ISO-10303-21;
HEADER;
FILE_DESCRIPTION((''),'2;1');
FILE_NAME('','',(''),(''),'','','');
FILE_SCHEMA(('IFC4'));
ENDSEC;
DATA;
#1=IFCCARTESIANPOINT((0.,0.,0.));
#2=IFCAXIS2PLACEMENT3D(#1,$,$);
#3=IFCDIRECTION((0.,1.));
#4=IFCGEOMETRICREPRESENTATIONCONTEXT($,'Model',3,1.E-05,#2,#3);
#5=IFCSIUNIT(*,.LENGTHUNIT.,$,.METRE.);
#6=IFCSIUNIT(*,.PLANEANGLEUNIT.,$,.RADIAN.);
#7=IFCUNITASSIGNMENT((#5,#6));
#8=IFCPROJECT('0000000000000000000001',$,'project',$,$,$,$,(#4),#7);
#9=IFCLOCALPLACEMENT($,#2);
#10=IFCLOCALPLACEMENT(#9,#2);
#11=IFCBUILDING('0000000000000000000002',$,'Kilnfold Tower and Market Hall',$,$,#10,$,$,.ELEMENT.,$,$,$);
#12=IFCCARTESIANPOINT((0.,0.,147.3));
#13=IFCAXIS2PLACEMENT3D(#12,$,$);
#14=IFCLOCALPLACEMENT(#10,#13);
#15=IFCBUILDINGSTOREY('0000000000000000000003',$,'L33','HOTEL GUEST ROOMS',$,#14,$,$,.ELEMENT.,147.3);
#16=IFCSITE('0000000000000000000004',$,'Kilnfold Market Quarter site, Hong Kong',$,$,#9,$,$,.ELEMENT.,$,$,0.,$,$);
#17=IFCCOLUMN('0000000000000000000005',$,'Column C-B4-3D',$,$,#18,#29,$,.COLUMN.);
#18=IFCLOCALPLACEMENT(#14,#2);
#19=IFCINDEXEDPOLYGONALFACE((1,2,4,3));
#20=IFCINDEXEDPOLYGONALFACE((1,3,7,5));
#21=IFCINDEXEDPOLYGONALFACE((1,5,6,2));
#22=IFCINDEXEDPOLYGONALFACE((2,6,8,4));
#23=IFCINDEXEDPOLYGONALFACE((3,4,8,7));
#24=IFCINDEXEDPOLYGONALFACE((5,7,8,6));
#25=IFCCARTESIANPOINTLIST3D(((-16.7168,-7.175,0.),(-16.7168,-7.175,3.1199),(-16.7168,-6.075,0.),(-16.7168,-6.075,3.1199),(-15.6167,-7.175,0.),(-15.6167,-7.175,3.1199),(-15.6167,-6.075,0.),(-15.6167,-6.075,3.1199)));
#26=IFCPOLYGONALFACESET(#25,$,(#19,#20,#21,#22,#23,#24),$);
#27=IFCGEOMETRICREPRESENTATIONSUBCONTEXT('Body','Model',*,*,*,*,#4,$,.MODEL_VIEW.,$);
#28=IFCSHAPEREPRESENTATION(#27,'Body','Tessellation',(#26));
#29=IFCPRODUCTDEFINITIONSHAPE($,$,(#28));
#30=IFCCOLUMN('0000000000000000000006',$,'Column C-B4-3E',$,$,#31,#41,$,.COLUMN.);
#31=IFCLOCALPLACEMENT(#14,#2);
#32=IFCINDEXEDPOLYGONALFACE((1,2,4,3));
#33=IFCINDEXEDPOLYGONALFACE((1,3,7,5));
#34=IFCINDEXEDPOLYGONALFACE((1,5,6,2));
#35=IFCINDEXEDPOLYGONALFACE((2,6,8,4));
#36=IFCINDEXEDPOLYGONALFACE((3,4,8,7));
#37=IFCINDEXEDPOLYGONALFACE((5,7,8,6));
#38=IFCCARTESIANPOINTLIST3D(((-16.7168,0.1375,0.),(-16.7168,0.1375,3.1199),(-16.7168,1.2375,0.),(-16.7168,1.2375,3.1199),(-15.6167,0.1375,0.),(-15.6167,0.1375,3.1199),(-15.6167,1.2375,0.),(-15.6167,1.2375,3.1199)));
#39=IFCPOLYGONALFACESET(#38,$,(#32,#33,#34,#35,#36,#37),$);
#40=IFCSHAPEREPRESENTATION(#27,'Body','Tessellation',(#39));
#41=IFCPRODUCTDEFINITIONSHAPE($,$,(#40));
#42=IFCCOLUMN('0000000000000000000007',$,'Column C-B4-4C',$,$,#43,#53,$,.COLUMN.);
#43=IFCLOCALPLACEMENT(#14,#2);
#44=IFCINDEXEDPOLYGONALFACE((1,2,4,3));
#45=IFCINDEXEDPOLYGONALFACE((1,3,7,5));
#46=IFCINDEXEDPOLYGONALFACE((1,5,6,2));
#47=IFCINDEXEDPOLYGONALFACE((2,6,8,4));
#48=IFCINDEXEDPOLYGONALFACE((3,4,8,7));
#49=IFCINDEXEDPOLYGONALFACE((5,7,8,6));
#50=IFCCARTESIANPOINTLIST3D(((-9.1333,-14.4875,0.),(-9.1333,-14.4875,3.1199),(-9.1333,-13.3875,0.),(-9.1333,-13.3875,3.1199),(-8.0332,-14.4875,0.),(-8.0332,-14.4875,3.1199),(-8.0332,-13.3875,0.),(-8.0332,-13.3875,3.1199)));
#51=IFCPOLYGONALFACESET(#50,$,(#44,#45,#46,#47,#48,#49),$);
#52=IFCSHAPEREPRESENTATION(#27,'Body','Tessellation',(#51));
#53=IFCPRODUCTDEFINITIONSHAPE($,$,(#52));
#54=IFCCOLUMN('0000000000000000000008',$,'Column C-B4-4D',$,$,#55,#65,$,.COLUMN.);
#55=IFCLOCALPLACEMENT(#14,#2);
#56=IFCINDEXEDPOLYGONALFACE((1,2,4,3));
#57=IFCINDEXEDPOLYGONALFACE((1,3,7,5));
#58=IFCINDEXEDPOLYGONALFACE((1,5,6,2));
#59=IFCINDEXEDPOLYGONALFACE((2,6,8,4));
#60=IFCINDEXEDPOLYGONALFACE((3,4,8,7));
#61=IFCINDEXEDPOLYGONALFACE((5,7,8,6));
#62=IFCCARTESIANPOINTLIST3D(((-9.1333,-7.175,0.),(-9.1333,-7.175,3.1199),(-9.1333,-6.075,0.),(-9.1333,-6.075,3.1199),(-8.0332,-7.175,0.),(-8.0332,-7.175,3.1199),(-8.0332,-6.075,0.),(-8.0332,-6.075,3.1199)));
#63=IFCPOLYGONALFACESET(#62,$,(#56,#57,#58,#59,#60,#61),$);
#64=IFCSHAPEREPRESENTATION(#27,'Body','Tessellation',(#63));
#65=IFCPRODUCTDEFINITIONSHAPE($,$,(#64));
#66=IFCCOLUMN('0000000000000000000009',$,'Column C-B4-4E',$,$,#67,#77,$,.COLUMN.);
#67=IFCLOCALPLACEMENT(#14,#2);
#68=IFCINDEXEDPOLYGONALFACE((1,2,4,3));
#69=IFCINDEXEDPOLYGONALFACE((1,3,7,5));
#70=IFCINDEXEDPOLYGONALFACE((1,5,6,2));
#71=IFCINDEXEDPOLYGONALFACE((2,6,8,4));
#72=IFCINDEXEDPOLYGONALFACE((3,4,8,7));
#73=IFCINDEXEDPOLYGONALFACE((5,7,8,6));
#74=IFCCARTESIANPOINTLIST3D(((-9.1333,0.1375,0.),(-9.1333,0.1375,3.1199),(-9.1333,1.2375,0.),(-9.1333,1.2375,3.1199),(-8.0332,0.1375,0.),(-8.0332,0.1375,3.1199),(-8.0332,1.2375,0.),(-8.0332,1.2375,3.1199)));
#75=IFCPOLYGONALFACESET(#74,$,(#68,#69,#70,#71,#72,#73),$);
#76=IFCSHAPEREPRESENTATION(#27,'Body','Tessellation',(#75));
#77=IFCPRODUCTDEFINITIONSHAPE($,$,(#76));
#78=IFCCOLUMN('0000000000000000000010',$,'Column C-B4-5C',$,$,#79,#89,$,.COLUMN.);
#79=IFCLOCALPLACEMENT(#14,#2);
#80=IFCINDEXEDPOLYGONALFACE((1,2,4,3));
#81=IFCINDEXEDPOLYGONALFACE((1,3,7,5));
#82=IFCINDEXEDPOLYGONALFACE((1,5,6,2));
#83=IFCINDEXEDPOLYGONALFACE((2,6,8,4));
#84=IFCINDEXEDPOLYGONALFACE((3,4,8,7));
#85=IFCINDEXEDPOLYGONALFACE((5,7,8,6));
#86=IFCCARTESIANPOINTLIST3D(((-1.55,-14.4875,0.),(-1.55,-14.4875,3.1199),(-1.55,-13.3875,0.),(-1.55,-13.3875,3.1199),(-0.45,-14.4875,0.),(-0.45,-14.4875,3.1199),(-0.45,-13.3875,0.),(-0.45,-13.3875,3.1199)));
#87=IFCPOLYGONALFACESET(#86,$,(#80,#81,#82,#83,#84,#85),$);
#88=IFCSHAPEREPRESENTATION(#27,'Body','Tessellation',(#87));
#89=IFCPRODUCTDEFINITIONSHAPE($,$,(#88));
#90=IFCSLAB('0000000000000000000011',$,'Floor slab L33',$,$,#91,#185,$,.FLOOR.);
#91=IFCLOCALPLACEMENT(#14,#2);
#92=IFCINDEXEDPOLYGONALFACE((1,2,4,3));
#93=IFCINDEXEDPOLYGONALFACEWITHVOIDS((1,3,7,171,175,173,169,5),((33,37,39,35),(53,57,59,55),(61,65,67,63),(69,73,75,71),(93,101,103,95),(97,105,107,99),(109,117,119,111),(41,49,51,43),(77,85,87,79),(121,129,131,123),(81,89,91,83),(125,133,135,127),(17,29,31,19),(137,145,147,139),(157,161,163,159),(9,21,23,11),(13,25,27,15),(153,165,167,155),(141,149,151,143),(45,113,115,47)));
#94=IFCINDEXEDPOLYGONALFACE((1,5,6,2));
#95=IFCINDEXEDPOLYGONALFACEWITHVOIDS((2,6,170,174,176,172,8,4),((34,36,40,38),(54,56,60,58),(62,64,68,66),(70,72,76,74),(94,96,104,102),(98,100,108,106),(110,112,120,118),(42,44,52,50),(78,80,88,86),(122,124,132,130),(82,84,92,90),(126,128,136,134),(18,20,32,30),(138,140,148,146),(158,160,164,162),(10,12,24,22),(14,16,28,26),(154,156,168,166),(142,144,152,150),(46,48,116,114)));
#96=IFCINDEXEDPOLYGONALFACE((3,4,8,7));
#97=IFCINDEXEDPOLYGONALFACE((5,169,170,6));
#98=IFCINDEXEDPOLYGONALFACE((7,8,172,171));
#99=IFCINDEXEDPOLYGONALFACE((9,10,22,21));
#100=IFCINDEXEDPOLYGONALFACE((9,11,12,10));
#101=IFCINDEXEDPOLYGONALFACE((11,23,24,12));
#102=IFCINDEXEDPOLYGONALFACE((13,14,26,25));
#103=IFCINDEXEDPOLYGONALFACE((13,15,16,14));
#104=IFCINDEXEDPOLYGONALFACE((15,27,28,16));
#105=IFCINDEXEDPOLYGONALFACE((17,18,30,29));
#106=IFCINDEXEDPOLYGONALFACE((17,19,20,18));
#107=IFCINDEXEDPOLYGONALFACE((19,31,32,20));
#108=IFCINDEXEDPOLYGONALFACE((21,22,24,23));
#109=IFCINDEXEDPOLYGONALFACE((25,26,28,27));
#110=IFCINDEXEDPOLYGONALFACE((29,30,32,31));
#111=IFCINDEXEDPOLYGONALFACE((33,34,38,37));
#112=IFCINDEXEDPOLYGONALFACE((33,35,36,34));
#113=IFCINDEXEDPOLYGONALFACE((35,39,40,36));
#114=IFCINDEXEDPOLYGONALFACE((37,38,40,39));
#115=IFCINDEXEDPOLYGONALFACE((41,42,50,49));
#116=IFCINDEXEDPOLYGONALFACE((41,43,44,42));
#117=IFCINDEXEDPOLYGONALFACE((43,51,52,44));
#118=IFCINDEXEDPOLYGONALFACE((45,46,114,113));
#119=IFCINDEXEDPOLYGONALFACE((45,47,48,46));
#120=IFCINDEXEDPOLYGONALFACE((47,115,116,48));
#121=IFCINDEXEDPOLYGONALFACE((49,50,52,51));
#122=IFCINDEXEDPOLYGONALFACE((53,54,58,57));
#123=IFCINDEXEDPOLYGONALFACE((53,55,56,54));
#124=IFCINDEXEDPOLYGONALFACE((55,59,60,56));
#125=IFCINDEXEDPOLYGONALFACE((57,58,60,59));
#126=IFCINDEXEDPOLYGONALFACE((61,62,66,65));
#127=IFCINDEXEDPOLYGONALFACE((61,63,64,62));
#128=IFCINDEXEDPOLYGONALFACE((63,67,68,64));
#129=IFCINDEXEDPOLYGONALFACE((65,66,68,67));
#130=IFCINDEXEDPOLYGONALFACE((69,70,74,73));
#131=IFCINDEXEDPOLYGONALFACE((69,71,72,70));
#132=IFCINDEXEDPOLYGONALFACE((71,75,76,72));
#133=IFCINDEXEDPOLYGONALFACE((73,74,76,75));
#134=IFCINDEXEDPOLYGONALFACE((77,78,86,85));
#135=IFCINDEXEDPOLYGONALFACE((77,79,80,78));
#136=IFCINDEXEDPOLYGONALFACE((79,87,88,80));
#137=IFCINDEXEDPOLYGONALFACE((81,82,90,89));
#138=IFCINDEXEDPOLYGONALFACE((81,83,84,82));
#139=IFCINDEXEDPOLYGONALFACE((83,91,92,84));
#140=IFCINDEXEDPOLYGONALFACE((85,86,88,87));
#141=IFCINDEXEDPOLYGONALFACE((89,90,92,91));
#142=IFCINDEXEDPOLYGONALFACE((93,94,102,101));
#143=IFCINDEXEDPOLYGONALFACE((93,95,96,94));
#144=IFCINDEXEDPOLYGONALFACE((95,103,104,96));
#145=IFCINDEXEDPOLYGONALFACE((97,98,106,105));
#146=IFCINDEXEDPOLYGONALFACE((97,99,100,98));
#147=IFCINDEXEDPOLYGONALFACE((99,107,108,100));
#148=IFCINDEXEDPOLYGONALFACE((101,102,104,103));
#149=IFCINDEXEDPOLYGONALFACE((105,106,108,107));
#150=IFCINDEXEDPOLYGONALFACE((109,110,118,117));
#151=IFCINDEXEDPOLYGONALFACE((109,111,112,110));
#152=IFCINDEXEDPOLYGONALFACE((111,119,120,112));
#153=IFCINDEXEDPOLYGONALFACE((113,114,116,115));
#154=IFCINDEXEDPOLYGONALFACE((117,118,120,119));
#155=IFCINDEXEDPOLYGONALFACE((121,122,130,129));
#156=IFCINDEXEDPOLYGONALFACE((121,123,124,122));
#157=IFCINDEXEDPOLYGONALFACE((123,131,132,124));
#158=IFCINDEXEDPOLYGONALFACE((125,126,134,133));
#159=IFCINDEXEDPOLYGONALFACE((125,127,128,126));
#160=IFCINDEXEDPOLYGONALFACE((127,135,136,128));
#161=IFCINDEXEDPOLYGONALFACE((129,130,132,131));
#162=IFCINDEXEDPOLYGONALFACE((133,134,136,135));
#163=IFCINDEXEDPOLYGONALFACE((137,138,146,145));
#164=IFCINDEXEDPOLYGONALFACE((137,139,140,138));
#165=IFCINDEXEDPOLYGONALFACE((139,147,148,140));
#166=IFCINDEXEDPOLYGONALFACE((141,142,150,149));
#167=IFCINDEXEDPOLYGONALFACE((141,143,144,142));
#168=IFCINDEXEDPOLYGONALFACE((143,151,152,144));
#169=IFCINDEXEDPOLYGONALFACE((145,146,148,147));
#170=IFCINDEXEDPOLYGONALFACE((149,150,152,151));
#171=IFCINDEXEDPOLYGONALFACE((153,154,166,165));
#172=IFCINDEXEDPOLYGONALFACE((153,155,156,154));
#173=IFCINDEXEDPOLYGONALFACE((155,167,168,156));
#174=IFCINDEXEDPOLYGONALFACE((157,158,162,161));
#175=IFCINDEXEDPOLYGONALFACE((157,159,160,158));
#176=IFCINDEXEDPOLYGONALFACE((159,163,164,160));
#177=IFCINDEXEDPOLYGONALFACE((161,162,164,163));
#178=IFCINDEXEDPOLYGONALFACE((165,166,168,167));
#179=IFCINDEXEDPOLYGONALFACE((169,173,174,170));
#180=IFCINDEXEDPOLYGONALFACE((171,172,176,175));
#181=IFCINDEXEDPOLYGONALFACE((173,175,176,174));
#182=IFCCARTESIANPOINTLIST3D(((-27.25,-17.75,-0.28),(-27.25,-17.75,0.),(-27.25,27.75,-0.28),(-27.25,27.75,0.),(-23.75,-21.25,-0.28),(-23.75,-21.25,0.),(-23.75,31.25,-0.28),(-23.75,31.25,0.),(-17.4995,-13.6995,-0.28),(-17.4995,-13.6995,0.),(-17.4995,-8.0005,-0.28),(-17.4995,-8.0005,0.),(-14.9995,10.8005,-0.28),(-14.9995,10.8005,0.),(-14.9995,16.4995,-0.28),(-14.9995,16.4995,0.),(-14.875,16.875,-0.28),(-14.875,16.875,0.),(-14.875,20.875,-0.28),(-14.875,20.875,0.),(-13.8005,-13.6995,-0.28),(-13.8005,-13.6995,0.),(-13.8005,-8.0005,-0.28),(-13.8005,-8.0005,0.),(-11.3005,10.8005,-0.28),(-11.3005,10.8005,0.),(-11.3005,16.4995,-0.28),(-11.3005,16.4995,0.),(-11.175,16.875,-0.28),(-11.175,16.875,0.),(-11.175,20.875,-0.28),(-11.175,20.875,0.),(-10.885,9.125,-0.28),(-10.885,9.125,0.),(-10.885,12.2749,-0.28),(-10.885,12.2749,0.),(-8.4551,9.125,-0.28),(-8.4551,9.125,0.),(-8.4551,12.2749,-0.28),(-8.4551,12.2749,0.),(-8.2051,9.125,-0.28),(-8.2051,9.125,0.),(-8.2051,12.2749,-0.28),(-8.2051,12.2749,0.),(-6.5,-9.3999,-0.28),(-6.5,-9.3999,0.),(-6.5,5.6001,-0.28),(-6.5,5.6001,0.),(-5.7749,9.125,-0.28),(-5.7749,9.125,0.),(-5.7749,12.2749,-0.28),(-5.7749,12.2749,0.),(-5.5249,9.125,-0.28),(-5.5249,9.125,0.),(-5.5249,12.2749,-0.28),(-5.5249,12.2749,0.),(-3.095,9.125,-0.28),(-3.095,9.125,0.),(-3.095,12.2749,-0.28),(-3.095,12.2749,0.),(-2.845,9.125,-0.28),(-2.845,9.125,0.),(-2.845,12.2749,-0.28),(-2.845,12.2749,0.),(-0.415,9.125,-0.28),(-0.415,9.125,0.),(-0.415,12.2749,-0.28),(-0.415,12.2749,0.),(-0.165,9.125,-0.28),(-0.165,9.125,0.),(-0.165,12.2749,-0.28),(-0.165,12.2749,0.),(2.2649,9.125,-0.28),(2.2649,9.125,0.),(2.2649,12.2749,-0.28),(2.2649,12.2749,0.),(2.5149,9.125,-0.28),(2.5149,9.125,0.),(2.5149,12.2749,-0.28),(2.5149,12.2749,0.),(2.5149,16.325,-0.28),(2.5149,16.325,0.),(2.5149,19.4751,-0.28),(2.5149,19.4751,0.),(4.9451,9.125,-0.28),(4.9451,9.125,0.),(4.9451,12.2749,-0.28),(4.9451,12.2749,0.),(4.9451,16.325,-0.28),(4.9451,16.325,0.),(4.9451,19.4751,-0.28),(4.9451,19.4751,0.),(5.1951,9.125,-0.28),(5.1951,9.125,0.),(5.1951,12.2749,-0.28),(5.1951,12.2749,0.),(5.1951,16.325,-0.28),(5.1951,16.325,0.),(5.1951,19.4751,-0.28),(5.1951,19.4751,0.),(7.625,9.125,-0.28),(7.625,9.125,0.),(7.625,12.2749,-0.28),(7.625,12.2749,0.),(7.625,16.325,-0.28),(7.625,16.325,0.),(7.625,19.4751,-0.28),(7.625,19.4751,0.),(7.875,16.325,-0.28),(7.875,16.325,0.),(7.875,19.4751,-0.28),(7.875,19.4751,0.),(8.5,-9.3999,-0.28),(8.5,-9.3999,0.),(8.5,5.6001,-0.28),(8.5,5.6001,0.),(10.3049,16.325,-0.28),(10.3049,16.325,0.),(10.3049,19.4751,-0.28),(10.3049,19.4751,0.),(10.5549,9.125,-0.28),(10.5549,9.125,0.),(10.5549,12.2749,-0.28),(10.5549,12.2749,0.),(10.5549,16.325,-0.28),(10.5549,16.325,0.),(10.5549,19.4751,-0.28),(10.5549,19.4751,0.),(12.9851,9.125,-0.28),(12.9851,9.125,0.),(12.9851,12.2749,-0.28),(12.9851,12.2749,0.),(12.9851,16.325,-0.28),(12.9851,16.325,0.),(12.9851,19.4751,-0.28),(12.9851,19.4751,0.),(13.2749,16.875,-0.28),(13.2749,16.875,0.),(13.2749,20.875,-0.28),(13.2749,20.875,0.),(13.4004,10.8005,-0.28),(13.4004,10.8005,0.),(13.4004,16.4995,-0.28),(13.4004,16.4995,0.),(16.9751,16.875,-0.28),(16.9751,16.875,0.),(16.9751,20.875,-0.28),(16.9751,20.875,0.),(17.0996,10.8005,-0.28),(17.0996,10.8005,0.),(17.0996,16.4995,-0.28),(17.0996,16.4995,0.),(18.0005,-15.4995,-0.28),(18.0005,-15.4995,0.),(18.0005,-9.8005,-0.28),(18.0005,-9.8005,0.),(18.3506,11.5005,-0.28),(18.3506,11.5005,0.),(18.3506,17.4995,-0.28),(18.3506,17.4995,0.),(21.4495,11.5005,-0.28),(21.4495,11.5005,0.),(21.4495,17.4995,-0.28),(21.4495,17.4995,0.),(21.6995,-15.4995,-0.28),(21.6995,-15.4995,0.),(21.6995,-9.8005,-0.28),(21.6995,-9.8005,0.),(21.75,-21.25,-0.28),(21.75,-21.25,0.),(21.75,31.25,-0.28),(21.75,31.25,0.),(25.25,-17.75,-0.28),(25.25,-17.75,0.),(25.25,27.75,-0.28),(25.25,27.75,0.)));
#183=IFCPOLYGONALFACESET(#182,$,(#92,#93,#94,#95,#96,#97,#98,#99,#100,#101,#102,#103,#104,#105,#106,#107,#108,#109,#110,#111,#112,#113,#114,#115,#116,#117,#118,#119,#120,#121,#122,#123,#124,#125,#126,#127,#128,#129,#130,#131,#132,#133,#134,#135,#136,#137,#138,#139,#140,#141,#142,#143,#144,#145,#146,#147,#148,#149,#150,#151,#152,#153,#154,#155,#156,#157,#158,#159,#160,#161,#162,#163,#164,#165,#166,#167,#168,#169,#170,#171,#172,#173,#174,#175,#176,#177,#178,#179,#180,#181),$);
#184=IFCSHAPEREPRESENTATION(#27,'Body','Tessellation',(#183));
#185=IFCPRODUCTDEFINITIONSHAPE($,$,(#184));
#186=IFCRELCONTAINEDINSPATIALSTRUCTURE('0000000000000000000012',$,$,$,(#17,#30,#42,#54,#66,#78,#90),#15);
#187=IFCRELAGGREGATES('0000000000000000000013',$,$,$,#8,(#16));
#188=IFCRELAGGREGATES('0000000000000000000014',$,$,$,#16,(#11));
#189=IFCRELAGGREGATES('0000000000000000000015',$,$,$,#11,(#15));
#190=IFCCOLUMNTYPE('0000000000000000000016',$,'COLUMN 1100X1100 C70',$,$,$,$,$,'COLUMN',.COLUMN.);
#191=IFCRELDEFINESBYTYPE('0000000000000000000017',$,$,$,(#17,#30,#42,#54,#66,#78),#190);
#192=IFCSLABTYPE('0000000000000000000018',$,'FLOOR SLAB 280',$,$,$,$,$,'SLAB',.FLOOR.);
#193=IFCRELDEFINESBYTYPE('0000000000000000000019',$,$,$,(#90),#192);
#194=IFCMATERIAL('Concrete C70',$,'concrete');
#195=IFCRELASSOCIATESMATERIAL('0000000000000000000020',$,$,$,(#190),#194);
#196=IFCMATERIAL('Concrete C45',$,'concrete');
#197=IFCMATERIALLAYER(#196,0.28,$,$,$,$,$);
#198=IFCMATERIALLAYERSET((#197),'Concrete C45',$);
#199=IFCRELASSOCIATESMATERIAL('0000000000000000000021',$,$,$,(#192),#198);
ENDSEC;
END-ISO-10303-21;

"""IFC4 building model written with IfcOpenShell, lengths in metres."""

from ifc_helpers import new_model, si_unit, direction, frame, origin, origin_2d, place, context, subcontext, project, spatial, polyline, rectangle, outline, extrude, source, transform, mapped, material, layer, layer_set, material_profile, profile_set, type_object, element, save


model = new_model("IFC4")

# Units and contexts
model_context = context("Model", 3, precision=1e-05, world=origin(), true_north=direction((0.0, 1.0)))
body_context = subcontext(model_context, "Body", "Model", "MODEL_VIEW")
ifc_project = project(units=[si_unit("LENGTHUNIT", "METRE"), si_unit("PLANEANGLEUNIT", "RADIAN")], contexts=[model_context])

# Site, building, storey
site_placement = place(None, origin())
site = spatial("IfcSite", under=ifc_project, at=site_placement, Name="Kilnfold Market Quarter site, Hong Kong", CompositionType="ELEMENT", RefElevation=0.0)
building_placement = place(site_placement, origin())
building = spatial("IfcBuilding", under=site, at=building_placement, Name="Kilnfold Tower and Market Hall", CompositionType="ELEMENT")
storey_placement = place(building_placement, frame((0.0, 0.0, 147.3)))
storey = spatial("IfcBuildingStorey", under=building, at=storey_placement, Name="L33", Description="HOTEL GUEST ROOMS", CompositionType="ELEMENT", Elevation=147.3)

# Columns
ifc_material_1 = material(Name="Concrete C70", Category="concrete")
ifc_material_profile = material_profile(ifc_material_1, rectangle(XDim=1.1001, YDim=1.1001, at=origin_2d()), Name="RC 1100x1100")
ifc_profile_set = profile_set([ifc_material_profile], Name="Concrete C70")
column_type = type_object("IfcColumnType", Name="COLUMN 1100X1100 C70", ElementType="COLUMN", PredefinedType="COLUMN", material=ifc_profile_set)
shared_shape_1 = source(origin(), body_context, "Body", "SweptSolid", [
    extrude(rectangle(XDim=1.1001, YDim=1.1001, at=origin_2d()), origin(), (0.0, 0.0, 1.0), 3.1199),
])
for number, where, z_axis, x_axis, name in (
    (1, (-16.1667, -6.625, 0.0), (0.0, 0.0, 1.0), (1.0, 0.0, 0.0), "Column C-B4-3D"),
    (2, (-16.1667, 0.6875, 0.0), (0.0, 0.0, 1.0), (1.0, 0.0, 0.0), "Column C-B4-3E"),
    (3, (-8.5833, -13.9375, 0.0), (0.0, 0.0, 1.0), (1.0, 0.0, 0.0), "Column C-B4-4C"),
    (4, (-8.5833, -6.625, 0.0), (0.0, 0.0, 1.0), (1.0, 0.0, 0.0), "Column C-B4-4D"),
    (5, (-8.5833, 0.6875, 0.0), (0.0, 0.0, 1.0), (1.0, 0.0, 0.0), "Column C-B4-4E"),
    (6, (-1.0, -13.9375, 0.0), (0.0, 0.0, 1.0), (1.0, 0.0, 0.0), "Column C-B4-5C"),
):
    element("IfcColumn", number, at=place(storey_placement, frame(where, z_axis=z_axis, x_axis=x_axis)), inside=storey, type_object=column_type, Name=name, PredefinedType="COLUMN", context=body_context, shape_type="MappedRepresentation", body=[
        mapped(shared_shape_1, transform((0.0, 0.0, 0.0))),
    ])

# Slab
ifc_material_2 = material(Name="Concrete C45", Category="concrete")
ifc_layer_1 = layer(ifc_material_2, 0.28)
ifc_layer_set_1 = layer_set([ifc_layer_1], Name="Concrete C45")
slab_type_1 = type_object("IfcSlabType", Name="FLOOR SLAB 280", ElementType="SLAB", PredefinedType="FLOOR", material=ifc_layer_set_1)
shared_shape_2 = source(origin(), body_context, "Body", "SweptSolid", [
    extrude(outline(polyline([(-23.75, -21.25), (21.75, -21.25), (25.25, -17.75), (25.25, 27.75), (21.75, 31.25), (-23.75, 31.25), (-27.25, 27.75), (-27.25, -17.75), (-23.75, -21.25)]), holes=[polyline([(-13.8005, -13.6995), (-17.4995, -13.6995), (-17.4995, -8.0005), (-13.8005, -8.0005), (-13.8005, -13.6995)]), polyline([(-11.3005, 10.8005), (-14.9995, 10.8005), (-14.9995, 16.4995), (-11.3005, 16.4995), (-11.3005, 10.8005)]), polyline([(-14.875, 16.875), (-14.875, 20.875), (-11.175, 20.875), (-11.175, 16.875), (-14.875, 16.875)]), polyline([(-8.4551, 9.125), (-10.885, 9.125), (-10.885, 12.2749), (-8.4551, 12.2749), (-8.4551, 9.125)]), polyline([(-8.2051, 9.125), (-8.2051, 12.2749), (-5.7749, 12.2749), (-5.7749, 9.125), (-8.2051, 9.125)]), polyline([(8.5, -9.3999), (-6.5, -9.3999), (-6.5, 5.6001), (8.5, 5.6001), (8.5, -9.3999)]), polyline([(-5.5249, 9.125), (-5.5249, 12.2749), (-3.095, 12.2749), (-3.095, 9.125), (-5.5249, 9.125)]), polyline([(-0.415, 9.125), (-2.845, 9.125), (-2.845, 12.2749), (-0.415, 12.2749), (-0.415, 9.125)]), polyline([(2.2649, 9.125), (-0.165, 9.125), (-0.165, 12.2749), (2.2649, 12.2749), (2.2649, 9.125)]), polyline([(4.9451, 9.125), (2.5149, 9.125), (2.5149, 12.2749), (4.9451, 12.2749), (4.9451, 9.125)]), polyline([(2.5149, 16.325), (2.5149, 19.4751), (4.9451, 19.4751), (4.9451, 16.325), (2.5149, 16.325)]), polyline([(7.625, 9.125), (5.1951, 9.125), (5.1951, 12.2749), (7.625, 12.2749), (7.625, 9.125)]), polyline([(7.625, 16.325), (5.1951, 16.325), (5.1951, 19.4751), (7.625, 19.4751), (7.625, 16.325)]), polyline([(10.3049, 16.325), (7.875, 16.325), (7.875, 19.4751), (10.3049, 19.4751), (10.3049, 16.325)]), polyline([(10.5549, 9.125), (10.5549, 12.2749), (12.9851, 12.2749), (12.9851, 9.125), (10.5549, 9.125)]), polyline([(10.5549, 16.325), (10.5549, 19.4751), (12.9851, 19.4751), (12.9851, 16.325), (10.5549, 16.325)]), polyline([(13.2749, 16.875), (13.2749, 20.875), (16.9751, 20.875), (16.9751, 16.875), (13.2749, 16.875)]), polyline([(13.4004, 10.8005), (13.4004, 16.4995), (17.0996, 16.4995), (17.0996, 10.8005), (13.4004, 10.8005)]), polyline([(18.0005, -9.8005), (21.6995, -9.8005), (21.6995, -15.4995), (18.0005, -15.4995), (18.0005, -9.8005)]), polyline([(21.4495, 11.5005), (18.3506, 11.5005), (18.3506, 17.4995), (21.4495, 17.4995), (21.4495, 11.5005)])]), origin(), (0.0, 0.0, 1.0), 0.28),
])
slab_1_placement = place(storey_placement, frame((0.0, 0.0, -0.28)))
element("IfcSlab", 7, at=slab_1_placement, inside=storey, type_object=slab_type_1, Name="Floor slab L33", PredefinedType="FLOOR", context=body_context, shape_type="MappedRepresentation", body=[
    mapped(shared_shape_2, transform((0.0, 0.0, 0.0))),
])

save(model, "model.ifc")
